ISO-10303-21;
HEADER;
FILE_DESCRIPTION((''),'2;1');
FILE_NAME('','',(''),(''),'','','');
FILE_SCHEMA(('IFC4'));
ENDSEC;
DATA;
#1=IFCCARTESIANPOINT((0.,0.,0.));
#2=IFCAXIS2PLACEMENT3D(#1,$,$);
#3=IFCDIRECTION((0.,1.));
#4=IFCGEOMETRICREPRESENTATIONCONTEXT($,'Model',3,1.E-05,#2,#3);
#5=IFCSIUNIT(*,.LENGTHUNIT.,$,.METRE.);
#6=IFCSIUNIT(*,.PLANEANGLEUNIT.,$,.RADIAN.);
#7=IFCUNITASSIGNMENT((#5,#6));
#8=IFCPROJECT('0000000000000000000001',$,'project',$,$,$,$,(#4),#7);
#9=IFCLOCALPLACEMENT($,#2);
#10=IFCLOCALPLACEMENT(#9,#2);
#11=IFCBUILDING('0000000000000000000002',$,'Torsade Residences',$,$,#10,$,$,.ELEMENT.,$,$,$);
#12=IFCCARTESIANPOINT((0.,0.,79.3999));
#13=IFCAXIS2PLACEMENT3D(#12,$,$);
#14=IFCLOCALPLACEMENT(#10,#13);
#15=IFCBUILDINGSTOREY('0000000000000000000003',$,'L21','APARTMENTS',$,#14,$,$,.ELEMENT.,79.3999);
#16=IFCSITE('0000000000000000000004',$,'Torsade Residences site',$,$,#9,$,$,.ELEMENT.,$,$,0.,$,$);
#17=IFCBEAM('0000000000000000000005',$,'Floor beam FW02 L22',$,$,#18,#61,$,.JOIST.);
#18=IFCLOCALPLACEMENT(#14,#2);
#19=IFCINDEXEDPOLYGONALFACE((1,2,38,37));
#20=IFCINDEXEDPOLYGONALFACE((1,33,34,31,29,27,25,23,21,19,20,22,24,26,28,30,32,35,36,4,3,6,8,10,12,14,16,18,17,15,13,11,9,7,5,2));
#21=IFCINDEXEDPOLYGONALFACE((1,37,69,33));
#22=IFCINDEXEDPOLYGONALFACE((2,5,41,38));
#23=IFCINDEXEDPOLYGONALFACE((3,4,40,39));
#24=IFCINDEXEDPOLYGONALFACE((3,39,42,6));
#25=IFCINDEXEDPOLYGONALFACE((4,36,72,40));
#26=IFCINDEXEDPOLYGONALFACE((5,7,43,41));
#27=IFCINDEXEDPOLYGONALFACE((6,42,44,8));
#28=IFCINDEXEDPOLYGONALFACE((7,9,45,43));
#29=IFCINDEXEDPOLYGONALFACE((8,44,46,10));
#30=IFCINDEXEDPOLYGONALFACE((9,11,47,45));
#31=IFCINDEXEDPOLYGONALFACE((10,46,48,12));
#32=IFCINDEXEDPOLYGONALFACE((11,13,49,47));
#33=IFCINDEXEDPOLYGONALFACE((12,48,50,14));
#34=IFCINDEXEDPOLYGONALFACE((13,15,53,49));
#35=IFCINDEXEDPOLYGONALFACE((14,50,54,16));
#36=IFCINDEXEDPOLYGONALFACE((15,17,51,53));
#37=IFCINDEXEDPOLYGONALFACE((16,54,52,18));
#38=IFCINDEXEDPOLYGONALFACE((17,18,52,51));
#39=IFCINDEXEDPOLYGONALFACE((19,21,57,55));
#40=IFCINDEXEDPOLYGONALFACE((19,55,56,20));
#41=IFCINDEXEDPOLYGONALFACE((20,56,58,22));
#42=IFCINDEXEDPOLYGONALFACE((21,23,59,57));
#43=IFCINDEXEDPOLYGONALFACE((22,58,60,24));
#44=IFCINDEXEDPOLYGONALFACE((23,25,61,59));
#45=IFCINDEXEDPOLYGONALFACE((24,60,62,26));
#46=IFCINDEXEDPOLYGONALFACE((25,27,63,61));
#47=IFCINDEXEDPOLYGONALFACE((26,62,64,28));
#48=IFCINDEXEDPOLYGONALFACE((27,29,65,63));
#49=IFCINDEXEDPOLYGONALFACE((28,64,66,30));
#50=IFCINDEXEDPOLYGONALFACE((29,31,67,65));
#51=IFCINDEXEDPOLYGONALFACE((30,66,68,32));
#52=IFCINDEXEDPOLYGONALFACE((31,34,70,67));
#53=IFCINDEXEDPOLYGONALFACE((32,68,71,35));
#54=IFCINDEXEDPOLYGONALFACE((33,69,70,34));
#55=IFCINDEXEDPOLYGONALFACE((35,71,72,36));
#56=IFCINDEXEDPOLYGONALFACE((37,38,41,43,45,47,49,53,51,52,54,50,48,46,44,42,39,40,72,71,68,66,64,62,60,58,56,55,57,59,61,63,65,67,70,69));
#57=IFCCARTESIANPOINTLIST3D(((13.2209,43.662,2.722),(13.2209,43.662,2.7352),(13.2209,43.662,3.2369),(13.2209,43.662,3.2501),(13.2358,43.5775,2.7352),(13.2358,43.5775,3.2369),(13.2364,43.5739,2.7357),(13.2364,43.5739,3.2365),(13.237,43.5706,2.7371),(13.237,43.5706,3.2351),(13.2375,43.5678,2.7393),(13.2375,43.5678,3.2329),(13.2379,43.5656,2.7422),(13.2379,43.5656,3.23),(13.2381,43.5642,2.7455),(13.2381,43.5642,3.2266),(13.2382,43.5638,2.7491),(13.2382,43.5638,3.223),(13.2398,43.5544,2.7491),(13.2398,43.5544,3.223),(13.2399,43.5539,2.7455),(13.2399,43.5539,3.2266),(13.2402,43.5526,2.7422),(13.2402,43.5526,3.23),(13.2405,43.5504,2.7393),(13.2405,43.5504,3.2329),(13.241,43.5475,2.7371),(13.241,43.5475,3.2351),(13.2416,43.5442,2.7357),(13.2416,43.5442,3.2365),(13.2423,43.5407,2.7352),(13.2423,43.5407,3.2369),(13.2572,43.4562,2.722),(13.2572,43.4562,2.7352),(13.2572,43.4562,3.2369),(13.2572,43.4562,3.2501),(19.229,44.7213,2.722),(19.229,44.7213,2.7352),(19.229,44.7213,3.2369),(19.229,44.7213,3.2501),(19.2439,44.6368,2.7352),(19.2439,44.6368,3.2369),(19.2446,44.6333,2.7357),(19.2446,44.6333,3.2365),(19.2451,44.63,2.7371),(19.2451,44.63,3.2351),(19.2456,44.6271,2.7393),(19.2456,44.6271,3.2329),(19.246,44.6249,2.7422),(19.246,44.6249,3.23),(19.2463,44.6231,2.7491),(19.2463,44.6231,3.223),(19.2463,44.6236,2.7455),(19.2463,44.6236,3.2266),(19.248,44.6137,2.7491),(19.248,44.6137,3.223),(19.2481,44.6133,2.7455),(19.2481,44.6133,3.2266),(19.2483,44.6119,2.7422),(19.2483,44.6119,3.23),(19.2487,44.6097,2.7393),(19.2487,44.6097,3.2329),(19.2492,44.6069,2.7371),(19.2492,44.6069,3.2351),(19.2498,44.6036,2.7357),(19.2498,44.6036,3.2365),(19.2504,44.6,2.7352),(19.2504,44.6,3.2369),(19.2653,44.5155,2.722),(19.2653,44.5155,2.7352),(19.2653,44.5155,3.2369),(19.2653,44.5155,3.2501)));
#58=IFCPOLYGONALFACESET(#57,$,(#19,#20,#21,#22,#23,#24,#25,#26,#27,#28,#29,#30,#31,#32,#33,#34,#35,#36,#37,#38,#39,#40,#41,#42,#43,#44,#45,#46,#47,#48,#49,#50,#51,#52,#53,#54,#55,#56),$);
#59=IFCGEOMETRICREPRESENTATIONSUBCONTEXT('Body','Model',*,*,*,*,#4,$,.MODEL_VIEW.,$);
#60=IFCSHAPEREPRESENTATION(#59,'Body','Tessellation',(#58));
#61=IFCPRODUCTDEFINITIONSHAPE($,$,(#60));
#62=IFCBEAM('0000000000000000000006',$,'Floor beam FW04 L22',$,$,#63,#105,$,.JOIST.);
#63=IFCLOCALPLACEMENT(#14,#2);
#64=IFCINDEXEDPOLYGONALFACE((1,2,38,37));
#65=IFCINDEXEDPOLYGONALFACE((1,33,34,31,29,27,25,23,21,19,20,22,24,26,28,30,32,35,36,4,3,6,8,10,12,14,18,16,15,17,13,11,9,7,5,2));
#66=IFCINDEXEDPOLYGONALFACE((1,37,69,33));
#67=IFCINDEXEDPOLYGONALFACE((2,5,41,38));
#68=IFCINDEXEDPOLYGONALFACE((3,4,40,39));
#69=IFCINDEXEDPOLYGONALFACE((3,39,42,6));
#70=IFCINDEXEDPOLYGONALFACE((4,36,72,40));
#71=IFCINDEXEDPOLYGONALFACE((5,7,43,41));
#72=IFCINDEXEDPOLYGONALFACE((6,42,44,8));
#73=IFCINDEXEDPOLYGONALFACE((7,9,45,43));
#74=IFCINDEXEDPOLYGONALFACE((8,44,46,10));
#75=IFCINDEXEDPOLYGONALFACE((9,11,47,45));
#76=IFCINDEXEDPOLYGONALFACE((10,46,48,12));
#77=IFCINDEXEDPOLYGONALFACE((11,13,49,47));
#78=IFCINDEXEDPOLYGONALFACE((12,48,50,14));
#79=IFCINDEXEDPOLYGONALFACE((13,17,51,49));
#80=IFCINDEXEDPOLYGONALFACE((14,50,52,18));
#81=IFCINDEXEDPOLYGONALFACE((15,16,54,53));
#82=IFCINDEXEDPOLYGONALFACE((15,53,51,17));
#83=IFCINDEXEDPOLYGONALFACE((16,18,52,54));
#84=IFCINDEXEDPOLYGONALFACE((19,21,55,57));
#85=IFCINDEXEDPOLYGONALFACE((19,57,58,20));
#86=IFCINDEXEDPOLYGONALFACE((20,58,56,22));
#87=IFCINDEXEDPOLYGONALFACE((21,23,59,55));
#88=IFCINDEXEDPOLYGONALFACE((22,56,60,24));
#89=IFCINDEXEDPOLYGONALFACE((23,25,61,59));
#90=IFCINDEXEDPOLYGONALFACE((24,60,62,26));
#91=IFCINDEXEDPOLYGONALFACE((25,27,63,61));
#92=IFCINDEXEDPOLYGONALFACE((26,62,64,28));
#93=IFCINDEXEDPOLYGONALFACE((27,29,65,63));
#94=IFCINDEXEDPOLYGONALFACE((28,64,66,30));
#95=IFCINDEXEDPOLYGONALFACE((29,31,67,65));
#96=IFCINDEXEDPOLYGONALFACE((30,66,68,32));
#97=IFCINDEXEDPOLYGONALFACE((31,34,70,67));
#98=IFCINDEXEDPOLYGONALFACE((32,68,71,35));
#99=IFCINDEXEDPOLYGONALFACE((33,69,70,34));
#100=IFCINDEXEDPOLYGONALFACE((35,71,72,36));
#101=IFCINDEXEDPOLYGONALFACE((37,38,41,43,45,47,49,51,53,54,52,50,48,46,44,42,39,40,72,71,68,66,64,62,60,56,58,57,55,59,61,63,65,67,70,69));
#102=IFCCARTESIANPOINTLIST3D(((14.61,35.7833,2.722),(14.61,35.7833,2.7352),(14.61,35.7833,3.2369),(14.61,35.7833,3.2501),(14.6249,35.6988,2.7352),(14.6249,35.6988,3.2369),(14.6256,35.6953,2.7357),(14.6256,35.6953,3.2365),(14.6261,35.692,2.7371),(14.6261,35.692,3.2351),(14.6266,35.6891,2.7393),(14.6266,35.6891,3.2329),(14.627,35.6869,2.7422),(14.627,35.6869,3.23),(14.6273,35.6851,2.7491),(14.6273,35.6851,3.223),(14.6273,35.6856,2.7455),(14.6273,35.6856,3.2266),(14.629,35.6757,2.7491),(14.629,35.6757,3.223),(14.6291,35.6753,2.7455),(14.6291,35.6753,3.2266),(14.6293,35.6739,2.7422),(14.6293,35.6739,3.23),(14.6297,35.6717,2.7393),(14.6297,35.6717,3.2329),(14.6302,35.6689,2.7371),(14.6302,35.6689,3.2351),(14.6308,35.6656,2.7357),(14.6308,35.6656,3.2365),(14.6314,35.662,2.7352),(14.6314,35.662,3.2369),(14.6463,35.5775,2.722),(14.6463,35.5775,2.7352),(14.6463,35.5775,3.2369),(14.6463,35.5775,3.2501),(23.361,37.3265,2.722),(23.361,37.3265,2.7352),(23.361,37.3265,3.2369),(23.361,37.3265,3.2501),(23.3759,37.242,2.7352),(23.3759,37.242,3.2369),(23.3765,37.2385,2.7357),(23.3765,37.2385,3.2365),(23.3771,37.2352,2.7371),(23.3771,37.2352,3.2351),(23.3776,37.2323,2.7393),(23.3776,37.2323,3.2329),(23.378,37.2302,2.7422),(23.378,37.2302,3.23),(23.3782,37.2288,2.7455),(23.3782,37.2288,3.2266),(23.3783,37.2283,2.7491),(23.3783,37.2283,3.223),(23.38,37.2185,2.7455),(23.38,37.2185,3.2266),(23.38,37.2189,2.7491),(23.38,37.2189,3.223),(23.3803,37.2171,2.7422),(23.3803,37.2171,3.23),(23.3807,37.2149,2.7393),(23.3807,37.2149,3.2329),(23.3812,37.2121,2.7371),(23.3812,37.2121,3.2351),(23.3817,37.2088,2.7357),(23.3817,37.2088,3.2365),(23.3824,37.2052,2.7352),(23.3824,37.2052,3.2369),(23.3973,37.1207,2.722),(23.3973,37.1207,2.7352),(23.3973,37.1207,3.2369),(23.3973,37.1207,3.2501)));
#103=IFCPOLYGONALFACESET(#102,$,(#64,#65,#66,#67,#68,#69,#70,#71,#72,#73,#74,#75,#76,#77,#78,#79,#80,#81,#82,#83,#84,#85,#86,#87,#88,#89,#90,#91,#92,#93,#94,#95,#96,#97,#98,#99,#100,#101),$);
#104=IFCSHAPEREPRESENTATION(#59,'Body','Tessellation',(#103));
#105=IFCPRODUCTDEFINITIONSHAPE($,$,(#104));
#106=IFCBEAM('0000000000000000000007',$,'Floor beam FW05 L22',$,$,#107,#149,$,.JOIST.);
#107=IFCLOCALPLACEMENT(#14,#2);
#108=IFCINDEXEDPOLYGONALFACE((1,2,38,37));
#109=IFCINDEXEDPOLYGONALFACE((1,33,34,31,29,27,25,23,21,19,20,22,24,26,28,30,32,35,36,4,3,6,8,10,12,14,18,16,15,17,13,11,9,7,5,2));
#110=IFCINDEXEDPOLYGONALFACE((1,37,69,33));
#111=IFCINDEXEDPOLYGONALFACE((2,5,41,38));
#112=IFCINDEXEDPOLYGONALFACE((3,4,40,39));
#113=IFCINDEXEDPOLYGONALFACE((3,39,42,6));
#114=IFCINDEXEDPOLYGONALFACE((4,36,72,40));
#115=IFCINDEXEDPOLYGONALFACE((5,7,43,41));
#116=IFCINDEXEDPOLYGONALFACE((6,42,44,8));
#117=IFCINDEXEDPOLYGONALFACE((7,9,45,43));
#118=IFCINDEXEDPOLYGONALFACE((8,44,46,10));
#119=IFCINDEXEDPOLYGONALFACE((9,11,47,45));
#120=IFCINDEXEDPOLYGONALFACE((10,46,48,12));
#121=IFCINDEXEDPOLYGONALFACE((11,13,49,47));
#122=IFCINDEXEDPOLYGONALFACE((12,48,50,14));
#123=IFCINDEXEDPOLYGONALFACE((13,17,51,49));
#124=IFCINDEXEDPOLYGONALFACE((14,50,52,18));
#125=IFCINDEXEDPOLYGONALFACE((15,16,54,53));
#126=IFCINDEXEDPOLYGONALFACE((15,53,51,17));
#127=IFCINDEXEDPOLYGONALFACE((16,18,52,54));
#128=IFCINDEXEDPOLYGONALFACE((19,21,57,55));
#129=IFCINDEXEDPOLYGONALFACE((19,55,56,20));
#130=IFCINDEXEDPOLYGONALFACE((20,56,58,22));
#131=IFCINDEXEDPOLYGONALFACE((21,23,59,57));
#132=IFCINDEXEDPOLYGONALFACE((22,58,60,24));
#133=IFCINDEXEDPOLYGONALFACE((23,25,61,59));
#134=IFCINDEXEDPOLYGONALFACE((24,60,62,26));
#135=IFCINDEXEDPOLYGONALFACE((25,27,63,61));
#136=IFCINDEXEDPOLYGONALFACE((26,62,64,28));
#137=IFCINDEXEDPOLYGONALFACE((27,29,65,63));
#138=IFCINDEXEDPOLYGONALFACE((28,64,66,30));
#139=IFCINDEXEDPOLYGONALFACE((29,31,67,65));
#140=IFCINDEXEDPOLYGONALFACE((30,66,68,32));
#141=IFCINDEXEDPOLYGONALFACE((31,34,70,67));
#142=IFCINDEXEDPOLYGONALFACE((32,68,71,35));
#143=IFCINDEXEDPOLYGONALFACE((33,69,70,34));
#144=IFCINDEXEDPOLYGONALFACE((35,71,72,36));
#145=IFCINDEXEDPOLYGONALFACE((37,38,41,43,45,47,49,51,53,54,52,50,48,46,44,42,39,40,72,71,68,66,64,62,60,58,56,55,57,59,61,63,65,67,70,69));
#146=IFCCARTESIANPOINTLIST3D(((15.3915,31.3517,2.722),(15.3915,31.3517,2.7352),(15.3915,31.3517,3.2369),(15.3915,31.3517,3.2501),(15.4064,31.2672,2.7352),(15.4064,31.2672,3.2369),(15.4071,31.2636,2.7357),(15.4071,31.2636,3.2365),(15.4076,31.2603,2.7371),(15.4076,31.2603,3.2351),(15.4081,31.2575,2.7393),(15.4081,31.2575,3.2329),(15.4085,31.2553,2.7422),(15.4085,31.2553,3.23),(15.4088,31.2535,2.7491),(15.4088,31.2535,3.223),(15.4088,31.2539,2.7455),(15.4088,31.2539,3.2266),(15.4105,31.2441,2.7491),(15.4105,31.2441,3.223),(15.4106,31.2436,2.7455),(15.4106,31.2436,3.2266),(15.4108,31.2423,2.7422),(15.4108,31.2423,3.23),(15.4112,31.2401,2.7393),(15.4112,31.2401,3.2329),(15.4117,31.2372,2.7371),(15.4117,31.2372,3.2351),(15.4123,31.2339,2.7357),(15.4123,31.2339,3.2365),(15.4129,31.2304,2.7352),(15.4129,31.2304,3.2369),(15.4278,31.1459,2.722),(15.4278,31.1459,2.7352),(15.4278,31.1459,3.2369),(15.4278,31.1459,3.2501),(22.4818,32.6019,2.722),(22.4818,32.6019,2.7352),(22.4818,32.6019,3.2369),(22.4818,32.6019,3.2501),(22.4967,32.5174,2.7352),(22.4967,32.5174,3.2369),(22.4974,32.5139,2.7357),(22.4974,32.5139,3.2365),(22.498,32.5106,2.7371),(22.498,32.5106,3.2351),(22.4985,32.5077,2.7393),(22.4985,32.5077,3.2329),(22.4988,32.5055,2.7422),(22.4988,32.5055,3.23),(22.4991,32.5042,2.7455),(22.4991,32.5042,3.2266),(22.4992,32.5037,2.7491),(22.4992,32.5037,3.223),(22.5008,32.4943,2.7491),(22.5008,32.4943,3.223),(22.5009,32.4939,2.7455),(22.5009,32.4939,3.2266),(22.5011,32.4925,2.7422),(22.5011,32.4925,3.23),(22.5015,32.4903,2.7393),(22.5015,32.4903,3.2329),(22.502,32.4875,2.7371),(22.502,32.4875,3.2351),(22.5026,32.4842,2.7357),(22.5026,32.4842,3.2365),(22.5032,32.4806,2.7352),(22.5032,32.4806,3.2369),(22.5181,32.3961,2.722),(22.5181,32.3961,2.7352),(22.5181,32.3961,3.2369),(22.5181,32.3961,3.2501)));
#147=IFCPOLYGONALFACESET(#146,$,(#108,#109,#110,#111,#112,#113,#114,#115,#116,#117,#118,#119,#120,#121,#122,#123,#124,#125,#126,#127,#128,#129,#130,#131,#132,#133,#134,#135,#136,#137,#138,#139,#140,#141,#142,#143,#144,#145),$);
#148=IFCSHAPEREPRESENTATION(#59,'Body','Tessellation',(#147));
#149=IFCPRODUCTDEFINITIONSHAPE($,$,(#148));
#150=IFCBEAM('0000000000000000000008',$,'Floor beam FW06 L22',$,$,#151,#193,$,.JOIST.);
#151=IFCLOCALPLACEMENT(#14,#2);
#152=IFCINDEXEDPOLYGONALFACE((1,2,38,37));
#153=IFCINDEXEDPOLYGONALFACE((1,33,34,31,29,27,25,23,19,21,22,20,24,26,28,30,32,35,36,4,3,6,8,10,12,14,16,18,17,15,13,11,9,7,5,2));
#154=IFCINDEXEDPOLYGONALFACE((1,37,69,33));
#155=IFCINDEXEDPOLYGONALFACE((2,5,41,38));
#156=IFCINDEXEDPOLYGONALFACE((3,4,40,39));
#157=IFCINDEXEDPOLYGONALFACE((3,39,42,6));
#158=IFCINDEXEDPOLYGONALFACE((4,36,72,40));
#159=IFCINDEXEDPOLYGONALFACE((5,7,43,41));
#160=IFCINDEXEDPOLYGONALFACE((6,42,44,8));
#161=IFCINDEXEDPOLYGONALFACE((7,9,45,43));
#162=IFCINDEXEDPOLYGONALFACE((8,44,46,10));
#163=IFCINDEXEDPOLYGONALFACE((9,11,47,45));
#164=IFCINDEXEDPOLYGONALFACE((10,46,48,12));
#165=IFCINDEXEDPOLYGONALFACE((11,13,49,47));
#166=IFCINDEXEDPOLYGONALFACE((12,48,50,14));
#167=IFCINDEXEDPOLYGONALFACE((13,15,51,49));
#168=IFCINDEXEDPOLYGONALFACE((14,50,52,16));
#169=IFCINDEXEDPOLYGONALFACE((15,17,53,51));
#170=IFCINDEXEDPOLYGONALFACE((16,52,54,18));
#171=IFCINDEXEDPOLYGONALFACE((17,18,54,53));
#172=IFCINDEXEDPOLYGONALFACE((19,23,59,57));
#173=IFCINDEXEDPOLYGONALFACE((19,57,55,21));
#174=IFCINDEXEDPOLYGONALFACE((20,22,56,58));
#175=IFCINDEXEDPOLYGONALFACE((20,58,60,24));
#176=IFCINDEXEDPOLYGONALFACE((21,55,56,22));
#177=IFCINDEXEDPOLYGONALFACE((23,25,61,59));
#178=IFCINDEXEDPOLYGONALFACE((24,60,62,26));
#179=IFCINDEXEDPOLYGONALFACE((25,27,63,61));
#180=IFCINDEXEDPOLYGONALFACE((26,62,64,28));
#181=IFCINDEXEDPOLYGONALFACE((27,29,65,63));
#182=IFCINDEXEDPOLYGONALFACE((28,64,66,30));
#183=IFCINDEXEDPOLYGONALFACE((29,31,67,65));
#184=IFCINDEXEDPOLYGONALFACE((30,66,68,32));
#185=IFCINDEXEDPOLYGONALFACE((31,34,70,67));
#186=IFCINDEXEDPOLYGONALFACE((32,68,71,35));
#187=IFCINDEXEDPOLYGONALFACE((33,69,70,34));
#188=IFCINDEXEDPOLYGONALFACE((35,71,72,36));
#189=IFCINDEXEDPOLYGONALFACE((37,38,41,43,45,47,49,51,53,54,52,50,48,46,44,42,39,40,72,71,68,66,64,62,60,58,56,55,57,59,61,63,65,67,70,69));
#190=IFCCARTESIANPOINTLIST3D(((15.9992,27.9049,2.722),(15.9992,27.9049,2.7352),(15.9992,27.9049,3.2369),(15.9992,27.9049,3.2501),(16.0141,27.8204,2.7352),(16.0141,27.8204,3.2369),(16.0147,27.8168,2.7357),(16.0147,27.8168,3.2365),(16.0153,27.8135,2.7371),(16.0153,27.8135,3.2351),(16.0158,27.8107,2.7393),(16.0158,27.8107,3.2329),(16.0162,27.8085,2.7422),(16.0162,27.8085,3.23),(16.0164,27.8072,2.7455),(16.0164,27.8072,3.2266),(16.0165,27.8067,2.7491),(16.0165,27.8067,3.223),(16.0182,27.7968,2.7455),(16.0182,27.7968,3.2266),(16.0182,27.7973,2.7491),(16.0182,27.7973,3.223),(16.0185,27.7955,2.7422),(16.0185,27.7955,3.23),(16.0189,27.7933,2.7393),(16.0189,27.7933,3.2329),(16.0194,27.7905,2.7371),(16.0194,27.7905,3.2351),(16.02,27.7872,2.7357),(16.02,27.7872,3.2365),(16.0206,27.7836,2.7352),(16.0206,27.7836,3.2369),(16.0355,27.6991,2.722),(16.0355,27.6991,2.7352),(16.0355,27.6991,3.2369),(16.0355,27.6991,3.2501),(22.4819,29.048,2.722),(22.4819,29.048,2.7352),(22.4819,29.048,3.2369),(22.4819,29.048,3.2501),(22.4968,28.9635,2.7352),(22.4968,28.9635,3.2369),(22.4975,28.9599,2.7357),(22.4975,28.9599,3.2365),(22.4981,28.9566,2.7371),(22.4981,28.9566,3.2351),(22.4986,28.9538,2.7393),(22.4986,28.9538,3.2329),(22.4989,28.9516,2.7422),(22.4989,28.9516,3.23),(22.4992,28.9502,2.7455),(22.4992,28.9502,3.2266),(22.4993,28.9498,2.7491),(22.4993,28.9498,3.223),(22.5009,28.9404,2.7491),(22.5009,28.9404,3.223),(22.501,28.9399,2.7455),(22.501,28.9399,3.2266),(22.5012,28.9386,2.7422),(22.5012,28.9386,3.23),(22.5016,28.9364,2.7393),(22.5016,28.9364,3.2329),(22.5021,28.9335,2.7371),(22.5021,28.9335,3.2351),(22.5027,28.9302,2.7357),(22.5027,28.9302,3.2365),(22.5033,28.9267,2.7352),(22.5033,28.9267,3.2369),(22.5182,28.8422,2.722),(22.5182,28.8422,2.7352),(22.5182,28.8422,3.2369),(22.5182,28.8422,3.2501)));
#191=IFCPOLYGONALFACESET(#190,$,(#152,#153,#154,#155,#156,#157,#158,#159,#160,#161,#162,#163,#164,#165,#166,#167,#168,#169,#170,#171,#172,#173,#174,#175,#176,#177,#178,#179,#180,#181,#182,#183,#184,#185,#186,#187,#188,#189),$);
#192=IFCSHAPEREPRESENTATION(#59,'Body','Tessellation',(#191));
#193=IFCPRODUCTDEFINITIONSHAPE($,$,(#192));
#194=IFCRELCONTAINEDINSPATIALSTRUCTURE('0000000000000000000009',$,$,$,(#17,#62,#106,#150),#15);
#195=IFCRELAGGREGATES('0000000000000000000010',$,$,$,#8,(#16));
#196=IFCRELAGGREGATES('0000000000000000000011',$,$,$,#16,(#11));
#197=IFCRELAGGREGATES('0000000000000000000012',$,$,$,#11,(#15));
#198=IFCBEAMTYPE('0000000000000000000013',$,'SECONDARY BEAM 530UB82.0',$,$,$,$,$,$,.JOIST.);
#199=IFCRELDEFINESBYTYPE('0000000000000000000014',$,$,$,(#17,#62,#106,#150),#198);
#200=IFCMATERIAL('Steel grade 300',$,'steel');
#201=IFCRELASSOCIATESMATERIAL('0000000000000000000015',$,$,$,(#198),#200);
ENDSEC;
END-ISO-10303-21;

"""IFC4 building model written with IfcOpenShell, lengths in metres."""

from ifc_helpers import new_model, si_unit, direction, frame, origin, origin_2d, place, context, subcontext, project, spatial, i_section, extrude, material, material_profile, profile_set, type_object, element, save


model = new_model("IFC4")

# Units and contexts
model_context = context("Model", 3, precision=1e-05, world=origin(), true_north=direction((0.0, 1.0)))
body_context = subcontext(model_context, "Body", "Model", "MODEL_VIEW")
ifc_project = project(units=[si_unit("LENGTHUNIT", "METRE"), si_unit("PLANEANGLEUNIT", "RADIAN")], contexts=[model_context])

# Site, building, storey
site_placement = place(None, origin())
site = spatial("IfcSite", under=ifc_project, at=site_placement, Name="Torsade Residences site", CompositionType="ELEMENT", RefElevation=0.0)
building_placement = place(site_placement, origin())
building = spatial("IfcBuilding", under=site, at=building_placement, Name="Torsade Residences", CompositionType="ELEMENT")
storey_placement = place(building_placement, frame((0.0, 0.0, 79.3999)))
storey = spatial("IfcBuildingStorey", under=building, at=storey_placement, Name="L21", Description="APARTMENTS", CompositionType="ELEMENT", Elevation=79.3999)

# Beams
ifc_material_1 = material(Name="Steel grade 300", Category="steel")
ifc_material_profile_1 = material_profile(ifc_material_1, i_section(OverallWidth=0.209, OverallDepth=0.5281, WebThickness=0.0095, FlangeThickness=0.0132, FilletRadius=0.0139, at=origin_2d()), Name="530UB82.0")
ifc_profile_set_1 = profile_set([ifc_material_profile_1], Name="Steel grade 300")
beam_type_1 = type_object("IfcBeamType", Name="SECONDARY BEAM 530UB82.0", PredefinedType="JOIST", material=ifc_profile_set_1)
beam_1_placement = place(storey_placement, frame((13.239, 43.5591, 2.9861), z_axis=(0.984809, 0.173639, 0.0), x_axis=(-0.173639, 0.984809, 0.0)))
element("IfcBeam", 1, at=beam_1_placement, inside=storey, type_object=beam_type_1, Name="Floor beam FW02 L22", PredefinedType="JOIST", context=body_context, shape_type="SweptSolid", body=[
    extrude(i_section(OverallWidth=0.209, OverallDepth=0.5281, WebThickness=0.0095, FlangeThickness=0.0132, FilletRadius=0.0139, at=origin_2d()), origin(), (0.0, 0.0, 1.0), 6.1008),
])
beam_2_placement = place(storey_placement, frame((14.6282, 35.6804, 2.9861), z_axis=(0.984804, 0.173668, 0.0), x_axis=(-0.173668, 0.984804, 0.0)))
element("IfcBeam", 2, at=beam_2_placement, inside=storey, type_object=beam_type_1, Name="Floor beam FW04 L22", PredefinedType="JOIST", context=body_context, shape_type="SweptSolid", body=[
    extrude(i_section(OverallWidth=0.209, OverallDepth=0.5281, WebThickness=0.0095, FlangeThickness=0.0132, FilletRadius=0.0139, at=origin_2d()), origin(), (0.0, 0.0, 1.0), 8.886),
])
beam_3_placement = place(storey_placement, frame((15.4097, 31.2488, 2.9861), z_axis=(0.984807, 0.173652, 0.0), x_axis=(-0.173652, 0.984807, 0.0)))
element("IfcBeam", 3, at=beam_3_placement, inside=storey, type_object=beam_type_1, Name="Floor beam FW05 L22", PredefinedType="JOIST", context=body_context, shape_type="SweptSolid", body=[
    extrude(i_section(OverallWidth=0.209, OverallDepth=0.5281, WebThickness=0.0095, FlangeThickness=0.0132, FilletRadius=0.0139, at=origin_2d()), origin(), (0.0, 0.0, 1.0), 7.1997),
])
beam_4_placement = place(storey_placement, frame((16.0173, 27.802, 2.9861), z_axis=(0.984808, 0.173648, 0.0), x_axis=(-0.173648, 0.984808, 0.0)))
element("IfcBeam", 4, at=beam_4_placement, inside=storey, type_object=beam_type_1, Name="Floor beam FW06 L22", PredefinedType="JOIST", context=body_context, shape_type="SweptSolid", body=[
    extrude(i_section(OverallWidth=0.209, OverallDepth=0.5281, WebThickness=0.0095, FlangeThickness=0.0132, FilletRadius=0.0139, at=origin_2d()), origin(), (0.0, 0.0, 1.0), 6.5828),
])

save(model, "model.ifc")
